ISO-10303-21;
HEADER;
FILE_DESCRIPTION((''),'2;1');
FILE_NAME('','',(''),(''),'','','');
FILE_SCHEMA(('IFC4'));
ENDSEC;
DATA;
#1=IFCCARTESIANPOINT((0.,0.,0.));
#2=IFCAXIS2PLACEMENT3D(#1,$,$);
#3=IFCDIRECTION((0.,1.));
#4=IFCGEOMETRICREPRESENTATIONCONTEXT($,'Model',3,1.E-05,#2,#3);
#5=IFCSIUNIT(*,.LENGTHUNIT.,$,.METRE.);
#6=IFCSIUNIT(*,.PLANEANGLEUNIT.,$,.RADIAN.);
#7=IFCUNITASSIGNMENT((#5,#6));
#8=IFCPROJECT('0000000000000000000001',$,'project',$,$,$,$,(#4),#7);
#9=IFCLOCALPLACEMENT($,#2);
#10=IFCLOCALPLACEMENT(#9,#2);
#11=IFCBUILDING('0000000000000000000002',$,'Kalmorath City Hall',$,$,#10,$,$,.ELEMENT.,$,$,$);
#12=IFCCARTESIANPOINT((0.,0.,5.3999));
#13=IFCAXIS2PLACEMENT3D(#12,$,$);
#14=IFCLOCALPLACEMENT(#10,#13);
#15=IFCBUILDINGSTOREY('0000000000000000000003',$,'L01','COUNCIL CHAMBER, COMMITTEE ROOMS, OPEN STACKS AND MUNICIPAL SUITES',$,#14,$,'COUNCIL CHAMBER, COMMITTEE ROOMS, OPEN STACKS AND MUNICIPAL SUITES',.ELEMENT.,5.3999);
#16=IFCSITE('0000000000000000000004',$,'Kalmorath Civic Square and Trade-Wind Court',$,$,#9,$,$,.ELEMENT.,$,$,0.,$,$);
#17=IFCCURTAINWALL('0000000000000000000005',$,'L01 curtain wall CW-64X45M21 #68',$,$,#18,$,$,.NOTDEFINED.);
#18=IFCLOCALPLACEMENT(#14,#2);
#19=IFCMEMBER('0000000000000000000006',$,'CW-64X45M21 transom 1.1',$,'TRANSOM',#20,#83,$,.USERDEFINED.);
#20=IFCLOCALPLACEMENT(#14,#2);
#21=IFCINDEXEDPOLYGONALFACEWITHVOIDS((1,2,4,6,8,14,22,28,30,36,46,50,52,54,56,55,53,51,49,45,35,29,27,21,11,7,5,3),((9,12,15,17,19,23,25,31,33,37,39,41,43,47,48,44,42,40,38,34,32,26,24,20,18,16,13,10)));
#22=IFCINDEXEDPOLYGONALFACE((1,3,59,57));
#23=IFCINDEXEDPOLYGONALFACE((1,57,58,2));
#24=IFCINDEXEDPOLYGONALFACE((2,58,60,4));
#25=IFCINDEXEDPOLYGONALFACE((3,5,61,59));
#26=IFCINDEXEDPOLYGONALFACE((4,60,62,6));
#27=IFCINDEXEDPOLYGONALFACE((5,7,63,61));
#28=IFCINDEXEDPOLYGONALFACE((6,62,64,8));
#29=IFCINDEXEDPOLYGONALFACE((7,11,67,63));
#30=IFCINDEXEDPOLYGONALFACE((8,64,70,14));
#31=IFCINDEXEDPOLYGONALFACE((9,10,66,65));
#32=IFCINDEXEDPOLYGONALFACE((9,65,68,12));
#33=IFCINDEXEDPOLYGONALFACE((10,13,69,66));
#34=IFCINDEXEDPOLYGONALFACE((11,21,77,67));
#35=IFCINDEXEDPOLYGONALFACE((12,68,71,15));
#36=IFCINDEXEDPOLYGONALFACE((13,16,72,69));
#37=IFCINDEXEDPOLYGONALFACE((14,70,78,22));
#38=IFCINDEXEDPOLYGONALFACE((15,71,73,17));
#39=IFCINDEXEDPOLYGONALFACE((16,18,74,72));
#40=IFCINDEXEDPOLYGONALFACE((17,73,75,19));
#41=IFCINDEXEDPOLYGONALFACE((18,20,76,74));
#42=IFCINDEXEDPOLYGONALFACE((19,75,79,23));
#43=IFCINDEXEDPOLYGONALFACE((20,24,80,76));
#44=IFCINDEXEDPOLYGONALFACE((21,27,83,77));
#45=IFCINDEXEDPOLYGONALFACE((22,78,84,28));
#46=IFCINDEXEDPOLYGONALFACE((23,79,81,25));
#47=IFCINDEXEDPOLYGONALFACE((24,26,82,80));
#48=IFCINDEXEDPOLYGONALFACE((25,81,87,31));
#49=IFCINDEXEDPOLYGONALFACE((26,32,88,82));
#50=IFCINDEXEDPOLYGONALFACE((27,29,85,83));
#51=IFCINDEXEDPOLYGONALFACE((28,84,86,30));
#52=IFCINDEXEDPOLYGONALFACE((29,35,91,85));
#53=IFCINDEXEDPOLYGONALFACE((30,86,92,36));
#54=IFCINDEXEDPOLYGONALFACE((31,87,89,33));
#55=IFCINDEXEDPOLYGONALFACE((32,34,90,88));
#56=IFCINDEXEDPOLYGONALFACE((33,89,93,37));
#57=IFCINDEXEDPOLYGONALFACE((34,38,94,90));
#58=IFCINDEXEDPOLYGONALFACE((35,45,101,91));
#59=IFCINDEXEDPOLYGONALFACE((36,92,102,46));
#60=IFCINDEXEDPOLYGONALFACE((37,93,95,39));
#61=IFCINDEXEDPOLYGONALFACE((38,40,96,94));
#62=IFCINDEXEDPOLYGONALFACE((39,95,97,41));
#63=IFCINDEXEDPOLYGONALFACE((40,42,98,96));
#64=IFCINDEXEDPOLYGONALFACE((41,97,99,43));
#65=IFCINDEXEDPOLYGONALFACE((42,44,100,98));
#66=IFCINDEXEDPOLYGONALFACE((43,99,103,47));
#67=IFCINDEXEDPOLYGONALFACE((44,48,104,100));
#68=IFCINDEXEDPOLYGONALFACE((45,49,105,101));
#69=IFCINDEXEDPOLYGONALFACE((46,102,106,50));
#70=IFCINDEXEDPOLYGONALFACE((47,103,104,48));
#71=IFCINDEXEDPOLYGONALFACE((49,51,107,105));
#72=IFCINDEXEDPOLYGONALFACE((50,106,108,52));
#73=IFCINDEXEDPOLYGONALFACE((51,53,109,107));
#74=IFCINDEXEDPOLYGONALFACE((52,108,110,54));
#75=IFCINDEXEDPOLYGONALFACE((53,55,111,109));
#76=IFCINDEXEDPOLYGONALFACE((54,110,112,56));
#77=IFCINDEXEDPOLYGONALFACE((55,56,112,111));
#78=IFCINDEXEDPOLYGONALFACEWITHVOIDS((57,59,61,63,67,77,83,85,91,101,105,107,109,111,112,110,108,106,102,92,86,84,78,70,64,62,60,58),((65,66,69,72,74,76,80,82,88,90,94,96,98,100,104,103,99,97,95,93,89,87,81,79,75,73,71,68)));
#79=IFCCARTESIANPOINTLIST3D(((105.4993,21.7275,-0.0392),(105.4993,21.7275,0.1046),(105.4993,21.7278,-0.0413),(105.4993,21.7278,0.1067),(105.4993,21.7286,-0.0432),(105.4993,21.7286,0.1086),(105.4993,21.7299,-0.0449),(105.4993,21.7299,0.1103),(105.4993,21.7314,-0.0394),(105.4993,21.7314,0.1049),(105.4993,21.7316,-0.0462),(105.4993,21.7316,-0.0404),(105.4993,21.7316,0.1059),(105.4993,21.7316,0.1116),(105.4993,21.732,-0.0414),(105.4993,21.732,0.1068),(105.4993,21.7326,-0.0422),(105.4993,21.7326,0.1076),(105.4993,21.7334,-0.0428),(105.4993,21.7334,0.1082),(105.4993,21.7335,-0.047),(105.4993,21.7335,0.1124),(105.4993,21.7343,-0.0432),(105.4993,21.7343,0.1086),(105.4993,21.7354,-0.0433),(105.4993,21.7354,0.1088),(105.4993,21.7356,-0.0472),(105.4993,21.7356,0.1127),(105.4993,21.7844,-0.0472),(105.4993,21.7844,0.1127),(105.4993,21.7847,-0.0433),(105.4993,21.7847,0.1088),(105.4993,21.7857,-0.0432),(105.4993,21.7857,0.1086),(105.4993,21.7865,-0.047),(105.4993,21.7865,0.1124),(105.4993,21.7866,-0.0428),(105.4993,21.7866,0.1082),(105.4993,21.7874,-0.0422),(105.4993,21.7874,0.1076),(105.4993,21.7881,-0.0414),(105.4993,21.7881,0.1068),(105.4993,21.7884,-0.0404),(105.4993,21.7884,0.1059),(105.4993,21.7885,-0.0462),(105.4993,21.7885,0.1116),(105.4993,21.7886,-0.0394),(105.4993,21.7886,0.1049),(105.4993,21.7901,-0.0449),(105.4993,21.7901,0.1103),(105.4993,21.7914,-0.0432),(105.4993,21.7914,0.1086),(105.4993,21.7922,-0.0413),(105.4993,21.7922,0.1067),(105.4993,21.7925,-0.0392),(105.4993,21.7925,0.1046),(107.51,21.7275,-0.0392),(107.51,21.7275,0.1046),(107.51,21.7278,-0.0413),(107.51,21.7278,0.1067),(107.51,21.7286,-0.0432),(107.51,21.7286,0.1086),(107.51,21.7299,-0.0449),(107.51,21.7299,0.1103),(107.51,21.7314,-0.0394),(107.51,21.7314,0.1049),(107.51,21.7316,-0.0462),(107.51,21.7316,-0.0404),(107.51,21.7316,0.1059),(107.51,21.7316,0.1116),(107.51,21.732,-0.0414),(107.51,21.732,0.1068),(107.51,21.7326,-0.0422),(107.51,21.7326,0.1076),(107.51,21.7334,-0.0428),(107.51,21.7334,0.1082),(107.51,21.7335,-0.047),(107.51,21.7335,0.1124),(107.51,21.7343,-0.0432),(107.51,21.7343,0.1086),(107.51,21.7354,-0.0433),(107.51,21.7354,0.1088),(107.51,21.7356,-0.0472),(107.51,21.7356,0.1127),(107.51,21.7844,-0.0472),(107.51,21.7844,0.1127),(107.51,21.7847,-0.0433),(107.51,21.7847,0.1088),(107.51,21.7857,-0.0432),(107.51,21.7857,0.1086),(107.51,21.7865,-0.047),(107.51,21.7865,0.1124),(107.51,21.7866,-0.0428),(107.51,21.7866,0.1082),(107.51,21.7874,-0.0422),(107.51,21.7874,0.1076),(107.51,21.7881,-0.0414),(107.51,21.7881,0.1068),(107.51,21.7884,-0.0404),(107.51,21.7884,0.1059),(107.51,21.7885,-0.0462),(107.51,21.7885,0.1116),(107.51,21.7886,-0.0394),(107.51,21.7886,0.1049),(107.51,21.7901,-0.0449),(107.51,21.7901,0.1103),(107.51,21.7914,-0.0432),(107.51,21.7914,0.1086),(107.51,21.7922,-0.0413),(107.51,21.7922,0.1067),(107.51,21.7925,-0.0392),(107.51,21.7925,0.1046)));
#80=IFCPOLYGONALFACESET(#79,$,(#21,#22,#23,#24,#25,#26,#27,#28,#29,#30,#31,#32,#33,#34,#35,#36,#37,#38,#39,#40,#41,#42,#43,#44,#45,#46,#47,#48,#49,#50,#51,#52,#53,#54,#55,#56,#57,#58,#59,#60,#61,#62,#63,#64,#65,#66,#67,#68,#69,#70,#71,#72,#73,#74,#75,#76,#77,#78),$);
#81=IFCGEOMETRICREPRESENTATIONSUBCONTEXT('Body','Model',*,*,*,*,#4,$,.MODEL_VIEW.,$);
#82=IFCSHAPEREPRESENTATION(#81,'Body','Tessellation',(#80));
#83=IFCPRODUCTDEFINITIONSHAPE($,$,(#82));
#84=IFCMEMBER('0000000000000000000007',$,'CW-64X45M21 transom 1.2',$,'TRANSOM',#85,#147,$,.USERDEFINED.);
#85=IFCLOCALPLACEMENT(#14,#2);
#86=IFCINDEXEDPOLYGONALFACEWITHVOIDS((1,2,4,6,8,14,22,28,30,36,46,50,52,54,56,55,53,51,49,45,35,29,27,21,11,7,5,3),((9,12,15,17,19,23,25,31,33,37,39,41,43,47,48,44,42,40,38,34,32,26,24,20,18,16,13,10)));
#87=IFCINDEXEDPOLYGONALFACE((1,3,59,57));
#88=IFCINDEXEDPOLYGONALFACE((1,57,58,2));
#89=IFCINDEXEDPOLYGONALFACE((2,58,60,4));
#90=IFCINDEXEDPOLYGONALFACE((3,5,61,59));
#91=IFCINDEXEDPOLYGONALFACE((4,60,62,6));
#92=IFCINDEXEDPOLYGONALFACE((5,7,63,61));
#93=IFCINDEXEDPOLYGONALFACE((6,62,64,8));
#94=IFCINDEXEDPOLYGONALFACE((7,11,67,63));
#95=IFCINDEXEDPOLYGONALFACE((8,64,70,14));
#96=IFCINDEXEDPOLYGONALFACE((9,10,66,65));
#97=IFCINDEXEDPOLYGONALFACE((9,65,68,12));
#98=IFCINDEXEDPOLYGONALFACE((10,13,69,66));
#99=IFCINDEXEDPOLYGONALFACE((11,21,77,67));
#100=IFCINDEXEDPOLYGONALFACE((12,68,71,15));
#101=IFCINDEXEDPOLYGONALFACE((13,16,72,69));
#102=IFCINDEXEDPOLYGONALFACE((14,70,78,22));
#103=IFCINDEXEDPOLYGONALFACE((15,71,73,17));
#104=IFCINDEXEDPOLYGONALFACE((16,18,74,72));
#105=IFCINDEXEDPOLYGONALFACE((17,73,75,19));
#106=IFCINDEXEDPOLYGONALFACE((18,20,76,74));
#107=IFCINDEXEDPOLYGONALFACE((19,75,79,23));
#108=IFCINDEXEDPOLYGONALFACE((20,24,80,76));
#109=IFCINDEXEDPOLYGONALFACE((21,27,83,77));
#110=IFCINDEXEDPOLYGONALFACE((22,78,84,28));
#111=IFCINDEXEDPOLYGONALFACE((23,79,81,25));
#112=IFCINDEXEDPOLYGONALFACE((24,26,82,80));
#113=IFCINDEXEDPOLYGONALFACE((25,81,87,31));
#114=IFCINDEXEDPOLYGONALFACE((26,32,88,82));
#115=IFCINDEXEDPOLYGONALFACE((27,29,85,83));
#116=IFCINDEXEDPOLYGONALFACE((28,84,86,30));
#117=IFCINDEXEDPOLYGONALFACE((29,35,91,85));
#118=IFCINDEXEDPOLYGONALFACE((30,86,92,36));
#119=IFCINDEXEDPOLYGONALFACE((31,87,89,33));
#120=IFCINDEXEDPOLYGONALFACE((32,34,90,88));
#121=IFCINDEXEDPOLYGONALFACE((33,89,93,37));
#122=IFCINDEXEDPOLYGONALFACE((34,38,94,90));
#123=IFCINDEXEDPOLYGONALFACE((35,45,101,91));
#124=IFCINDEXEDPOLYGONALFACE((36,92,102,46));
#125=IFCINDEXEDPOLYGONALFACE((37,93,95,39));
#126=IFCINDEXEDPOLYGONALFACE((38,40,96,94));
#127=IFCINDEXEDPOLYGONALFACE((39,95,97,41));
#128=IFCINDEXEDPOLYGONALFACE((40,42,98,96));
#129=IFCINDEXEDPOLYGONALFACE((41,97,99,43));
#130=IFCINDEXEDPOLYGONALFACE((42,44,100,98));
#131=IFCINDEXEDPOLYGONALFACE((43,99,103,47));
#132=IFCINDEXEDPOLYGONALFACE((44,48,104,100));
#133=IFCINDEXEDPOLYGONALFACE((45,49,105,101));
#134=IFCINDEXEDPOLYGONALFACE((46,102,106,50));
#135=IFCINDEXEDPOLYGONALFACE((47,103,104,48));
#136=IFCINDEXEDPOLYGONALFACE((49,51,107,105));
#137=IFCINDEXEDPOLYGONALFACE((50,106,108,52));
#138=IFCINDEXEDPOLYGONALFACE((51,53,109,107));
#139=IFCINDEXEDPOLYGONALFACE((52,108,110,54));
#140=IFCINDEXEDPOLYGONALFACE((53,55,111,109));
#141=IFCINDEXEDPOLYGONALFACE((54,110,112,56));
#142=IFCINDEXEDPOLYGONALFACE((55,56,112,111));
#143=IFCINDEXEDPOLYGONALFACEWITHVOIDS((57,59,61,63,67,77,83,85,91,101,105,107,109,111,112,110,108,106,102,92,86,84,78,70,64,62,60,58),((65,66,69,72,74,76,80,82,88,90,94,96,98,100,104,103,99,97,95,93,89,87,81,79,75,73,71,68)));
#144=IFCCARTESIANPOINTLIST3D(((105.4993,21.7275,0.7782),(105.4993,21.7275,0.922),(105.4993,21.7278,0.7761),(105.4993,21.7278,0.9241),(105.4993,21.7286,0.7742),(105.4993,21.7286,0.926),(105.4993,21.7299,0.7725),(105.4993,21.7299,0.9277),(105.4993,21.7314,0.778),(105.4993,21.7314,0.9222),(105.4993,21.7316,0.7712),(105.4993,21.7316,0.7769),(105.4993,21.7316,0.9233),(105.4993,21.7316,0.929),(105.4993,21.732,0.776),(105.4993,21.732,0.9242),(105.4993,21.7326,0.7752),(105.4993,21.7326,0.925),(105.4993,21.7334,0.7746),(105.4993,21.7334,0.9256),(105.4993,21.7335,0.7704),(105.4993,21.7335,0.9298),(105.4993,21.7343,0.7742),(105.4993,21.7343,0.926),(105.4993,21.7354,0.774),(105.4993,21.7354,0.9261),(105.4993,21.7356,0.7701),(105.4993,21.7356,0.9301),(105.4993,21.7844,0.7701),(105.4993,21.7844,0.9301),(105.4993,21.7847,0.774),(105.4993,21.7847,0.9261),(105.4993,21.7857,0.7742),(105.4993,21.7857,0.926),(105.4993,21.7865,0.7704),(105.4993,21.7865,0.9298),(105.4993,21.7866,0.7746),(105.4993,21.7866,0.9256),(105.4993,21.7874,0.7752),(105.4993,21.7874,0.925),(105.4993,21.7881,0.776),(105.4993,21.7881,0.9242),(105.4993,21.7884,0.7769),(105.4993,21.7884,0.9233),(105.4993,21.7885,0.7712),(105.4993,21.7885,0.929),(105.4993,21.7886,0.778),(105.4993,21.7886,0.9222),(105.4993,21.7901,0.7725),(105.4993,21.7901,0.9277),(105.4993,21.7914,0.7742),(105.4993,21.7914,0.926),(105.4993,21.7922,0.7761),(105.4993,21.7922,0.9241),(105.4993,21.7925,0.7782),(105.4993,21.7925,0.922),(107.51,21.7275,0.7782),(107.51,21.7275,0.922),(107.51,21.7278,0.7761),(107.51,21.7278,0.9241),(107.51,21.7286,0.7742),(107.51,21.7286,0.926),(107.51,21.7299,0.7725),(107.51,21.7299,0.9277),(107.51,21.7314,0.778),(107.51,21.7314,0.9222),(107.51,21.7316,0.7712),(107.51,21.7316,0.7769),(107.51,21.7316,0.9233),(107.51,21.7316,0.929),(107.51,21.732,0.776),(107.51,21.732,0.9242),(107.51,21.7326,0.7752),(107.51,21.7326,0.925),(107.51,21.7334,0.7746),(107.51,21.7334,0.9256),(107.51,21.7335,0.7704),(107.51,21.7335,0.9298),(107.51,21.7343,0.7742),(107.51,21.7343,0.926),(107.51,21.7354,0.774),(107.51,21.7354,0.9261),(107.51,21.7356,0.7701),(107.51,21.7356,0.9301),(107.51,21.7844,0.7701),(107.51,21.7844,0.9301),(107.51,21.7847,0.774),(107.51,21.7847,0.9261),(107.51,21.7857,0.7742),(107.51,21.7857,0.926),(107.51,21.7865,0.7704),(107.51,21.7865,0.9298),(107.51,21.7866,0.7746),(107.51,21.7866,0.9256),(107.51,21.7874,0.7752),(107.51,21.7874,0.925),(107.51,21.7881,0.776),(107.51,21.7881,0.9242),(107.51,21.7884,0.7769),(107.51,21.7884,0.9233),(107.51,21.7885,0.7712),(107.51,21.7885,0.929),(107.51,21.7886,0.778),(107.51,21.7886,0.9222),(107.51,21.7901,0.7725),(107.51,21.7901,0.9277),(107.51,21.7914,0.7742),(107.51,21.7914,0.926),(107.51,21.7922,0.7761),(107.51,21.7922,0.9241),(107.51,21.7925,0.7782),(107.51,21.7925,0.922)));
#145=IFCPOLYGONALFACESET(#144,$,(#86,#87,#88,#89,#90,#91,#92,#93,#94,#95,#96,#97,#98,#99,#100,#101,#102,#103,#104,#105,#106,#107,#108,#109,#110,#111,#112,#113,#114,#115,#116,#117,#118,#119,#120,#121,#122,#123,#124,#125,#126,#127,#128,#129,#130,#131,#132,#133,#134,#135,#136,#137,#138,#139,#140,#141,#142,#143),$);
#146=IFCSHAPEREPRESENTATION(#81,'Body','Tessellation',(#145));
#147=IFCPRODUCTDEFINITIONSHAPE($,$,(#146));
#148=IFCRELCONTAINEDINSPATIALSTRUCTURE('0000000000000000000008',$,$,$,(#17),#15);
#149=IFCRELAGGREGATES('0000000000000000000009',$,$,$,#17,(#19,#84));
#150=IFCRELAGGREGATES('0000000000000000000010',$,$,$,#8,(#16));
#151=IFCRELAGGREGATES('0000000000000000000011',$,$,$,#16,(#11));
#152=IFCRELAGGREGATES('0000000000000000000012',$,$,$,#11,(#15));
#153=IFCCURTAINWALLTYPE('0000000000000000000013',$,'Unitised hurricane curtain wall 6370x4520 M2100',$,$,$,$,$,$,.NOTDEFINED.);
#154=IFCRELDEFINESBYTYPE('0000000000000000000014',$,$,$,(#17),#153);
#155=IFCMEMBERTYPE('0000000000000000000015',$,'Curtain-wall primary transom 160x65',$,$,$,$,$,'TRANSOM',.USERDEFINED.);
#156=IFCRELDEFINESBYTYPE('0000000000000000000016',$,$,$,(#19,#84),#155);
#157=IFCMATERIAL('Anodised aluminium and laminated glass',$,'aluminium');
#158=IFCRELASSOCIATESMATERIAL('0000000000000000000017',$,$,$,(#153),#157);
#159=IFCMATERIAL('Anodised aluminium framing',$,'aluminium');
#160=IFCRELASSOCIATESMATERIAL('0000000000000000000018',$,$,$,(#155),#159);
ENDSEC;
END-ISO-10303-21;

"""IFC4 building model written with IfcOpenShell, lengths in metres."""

from ifc_helpers import new_model, si_unit, direction, frame, origin, origin_2d, place, context, subcontext, project, spatial, hollow_rectangle, extrude, material, material_profile, profile_set, type_object, element, aggregate, save


model = new_model("IFC4")

# Units and contexts
model_context = context("Model", 3, precision=1e-05, world=origin(), true_north=direction((0.0, 1.0)))
body_context = subcontext(model_context, "Body", "Model", "MODEL_VIEW")
ifc_project = project(units=[si_unit("LENGTHUNIT", "METRE"), si_unit("PLANEANGLEUNIT", "RADIAN")], contexts=[model_context])

# Site, building, storey
site_placement = place(None, origin())
site = spatial("IfcSite", under=ifc_project, at=site_placement, Name="Kalmorath Civic Square and Trade-Wind Court", CompositionType="ELEMENT", RefElevation=0.0)
building_placement = place(site_placement, origin())
building = spatial("IfcBuilding", under=site, at=building_placement, Name="Kalmorath City Hall", CompositionType="ELEMENT")
storey_placement = place(building_placement, frame((0.0, 0.0, 5.3999)))
storey = spatial("IfcBuildingStorey", under=building, at=storey_placement, Name="L01", Description="COUNCIL CHAMBER, COMMITTEE ROOMS, OPEN STACKS AND MUNICIPAL SUITES", LongName="COUNCIL CHAMBER, COMMITTEE ROOMS, OPEN STACKS AND MUNICIPAL SUITES", CompositionType="ELEMENT", Elevation=5.3999)

# Curtain wall
ifc_material_1 = material(Name="Anodised aluminium and laminated glass", Category="aluminium")
curtain_wall_type_1 = type_object("IfcCurtainWallType", Name="Unitised hurricane curtain wall 6370x4520 M2100", PredefinedType="NOTDEFINED", material=ifc_material_1)
curtain_wall_1_placement = place(storey_placement, origin())
curtain_wall_1 = element("IfcCurtainWall", 1, at=curtain_wall_1_placement, inside=storey, type_object=curtain_wall_type_1, Name="L01 curtain wall CW-64X45M21 #68", PredefinedType="NOTDEFINED")

# Members
ifc_material_2 = material(Name="Anodised aluminium framing", Category="aluminium")
ifc_material_profile_1 = material_profile(ifc_material_2, hollow_rectangle(XDim=0.0649, YDim=0.1599, WallThickness=0.0039, InnerFilletRadius=0.0039, OuterFilletRadius=0.0081, at=origin_2d()), Name="ALU-TRN-160X65X4")
ifc_profile_set_1 = profile_set([ifc_material_profile_1], Name="Anodised aluminium framing")
member_type_1 = type_object("IfcMemberType", Name="Curtain-wall primary transom 160x65", ElementType="TRANSOM", PredefinedType="USERDEFINED", material=ifc_profile_set_1)
member_1_placement = place(storey_placement, frame((107.51, 21.76, 0.0327), z_axis=(-1.0, 0.0, 0.0), x_axis=(0.0, -1.0, 0.0)))
member_1 = element("IfcMember", 2, at=member_1_placement, type_object=member_type_1, Name="CW-64X45M21 transom 1.1", ObjectType="TRANSOM", PredefinedType="USERDEFINED", context=body_context, shape_type="SweptSolid", body=[
    extrude(hollow_rectangle(XDim=0.0649, YDim=0.1599, WallThickness=0.0039, InnerFilletRadius=0.0039, OuterFilletRadius=0.0081, at=origin_2d()), origin(), (0.0, 0.0, 1.0), 2.0107),
])
member_2_placement = place(storey_placement, frame((107.51, 21.76, 0.8501), z_axis=(-1.0, 0.0, 0.0), x_axis=(0.0, -1.0, 0.0)))
member_2 = element("IfcMember", 3, at=member_2_placement, type_object=member_type_1, Name="CW-64X45M21 transom 1.2", ObjectType="TRANSOM", PredefinedType="USERDEFINED", context=body_context, shape_type="SweptSolid", body=[
    extrude(hollow_rectangle(XDim=0.0649, YDim=0.1599, WallThickness=0.0039, InnerFilletRadius=0.0039, OuterFilletRadius=0.0081, at=origin_2d()), origin(), (0.0, 0.0, 1.0), 2.0107),
])

aggregate(curtain_wall_1, [member_1, member_2])

save(model, "model.ifc")
